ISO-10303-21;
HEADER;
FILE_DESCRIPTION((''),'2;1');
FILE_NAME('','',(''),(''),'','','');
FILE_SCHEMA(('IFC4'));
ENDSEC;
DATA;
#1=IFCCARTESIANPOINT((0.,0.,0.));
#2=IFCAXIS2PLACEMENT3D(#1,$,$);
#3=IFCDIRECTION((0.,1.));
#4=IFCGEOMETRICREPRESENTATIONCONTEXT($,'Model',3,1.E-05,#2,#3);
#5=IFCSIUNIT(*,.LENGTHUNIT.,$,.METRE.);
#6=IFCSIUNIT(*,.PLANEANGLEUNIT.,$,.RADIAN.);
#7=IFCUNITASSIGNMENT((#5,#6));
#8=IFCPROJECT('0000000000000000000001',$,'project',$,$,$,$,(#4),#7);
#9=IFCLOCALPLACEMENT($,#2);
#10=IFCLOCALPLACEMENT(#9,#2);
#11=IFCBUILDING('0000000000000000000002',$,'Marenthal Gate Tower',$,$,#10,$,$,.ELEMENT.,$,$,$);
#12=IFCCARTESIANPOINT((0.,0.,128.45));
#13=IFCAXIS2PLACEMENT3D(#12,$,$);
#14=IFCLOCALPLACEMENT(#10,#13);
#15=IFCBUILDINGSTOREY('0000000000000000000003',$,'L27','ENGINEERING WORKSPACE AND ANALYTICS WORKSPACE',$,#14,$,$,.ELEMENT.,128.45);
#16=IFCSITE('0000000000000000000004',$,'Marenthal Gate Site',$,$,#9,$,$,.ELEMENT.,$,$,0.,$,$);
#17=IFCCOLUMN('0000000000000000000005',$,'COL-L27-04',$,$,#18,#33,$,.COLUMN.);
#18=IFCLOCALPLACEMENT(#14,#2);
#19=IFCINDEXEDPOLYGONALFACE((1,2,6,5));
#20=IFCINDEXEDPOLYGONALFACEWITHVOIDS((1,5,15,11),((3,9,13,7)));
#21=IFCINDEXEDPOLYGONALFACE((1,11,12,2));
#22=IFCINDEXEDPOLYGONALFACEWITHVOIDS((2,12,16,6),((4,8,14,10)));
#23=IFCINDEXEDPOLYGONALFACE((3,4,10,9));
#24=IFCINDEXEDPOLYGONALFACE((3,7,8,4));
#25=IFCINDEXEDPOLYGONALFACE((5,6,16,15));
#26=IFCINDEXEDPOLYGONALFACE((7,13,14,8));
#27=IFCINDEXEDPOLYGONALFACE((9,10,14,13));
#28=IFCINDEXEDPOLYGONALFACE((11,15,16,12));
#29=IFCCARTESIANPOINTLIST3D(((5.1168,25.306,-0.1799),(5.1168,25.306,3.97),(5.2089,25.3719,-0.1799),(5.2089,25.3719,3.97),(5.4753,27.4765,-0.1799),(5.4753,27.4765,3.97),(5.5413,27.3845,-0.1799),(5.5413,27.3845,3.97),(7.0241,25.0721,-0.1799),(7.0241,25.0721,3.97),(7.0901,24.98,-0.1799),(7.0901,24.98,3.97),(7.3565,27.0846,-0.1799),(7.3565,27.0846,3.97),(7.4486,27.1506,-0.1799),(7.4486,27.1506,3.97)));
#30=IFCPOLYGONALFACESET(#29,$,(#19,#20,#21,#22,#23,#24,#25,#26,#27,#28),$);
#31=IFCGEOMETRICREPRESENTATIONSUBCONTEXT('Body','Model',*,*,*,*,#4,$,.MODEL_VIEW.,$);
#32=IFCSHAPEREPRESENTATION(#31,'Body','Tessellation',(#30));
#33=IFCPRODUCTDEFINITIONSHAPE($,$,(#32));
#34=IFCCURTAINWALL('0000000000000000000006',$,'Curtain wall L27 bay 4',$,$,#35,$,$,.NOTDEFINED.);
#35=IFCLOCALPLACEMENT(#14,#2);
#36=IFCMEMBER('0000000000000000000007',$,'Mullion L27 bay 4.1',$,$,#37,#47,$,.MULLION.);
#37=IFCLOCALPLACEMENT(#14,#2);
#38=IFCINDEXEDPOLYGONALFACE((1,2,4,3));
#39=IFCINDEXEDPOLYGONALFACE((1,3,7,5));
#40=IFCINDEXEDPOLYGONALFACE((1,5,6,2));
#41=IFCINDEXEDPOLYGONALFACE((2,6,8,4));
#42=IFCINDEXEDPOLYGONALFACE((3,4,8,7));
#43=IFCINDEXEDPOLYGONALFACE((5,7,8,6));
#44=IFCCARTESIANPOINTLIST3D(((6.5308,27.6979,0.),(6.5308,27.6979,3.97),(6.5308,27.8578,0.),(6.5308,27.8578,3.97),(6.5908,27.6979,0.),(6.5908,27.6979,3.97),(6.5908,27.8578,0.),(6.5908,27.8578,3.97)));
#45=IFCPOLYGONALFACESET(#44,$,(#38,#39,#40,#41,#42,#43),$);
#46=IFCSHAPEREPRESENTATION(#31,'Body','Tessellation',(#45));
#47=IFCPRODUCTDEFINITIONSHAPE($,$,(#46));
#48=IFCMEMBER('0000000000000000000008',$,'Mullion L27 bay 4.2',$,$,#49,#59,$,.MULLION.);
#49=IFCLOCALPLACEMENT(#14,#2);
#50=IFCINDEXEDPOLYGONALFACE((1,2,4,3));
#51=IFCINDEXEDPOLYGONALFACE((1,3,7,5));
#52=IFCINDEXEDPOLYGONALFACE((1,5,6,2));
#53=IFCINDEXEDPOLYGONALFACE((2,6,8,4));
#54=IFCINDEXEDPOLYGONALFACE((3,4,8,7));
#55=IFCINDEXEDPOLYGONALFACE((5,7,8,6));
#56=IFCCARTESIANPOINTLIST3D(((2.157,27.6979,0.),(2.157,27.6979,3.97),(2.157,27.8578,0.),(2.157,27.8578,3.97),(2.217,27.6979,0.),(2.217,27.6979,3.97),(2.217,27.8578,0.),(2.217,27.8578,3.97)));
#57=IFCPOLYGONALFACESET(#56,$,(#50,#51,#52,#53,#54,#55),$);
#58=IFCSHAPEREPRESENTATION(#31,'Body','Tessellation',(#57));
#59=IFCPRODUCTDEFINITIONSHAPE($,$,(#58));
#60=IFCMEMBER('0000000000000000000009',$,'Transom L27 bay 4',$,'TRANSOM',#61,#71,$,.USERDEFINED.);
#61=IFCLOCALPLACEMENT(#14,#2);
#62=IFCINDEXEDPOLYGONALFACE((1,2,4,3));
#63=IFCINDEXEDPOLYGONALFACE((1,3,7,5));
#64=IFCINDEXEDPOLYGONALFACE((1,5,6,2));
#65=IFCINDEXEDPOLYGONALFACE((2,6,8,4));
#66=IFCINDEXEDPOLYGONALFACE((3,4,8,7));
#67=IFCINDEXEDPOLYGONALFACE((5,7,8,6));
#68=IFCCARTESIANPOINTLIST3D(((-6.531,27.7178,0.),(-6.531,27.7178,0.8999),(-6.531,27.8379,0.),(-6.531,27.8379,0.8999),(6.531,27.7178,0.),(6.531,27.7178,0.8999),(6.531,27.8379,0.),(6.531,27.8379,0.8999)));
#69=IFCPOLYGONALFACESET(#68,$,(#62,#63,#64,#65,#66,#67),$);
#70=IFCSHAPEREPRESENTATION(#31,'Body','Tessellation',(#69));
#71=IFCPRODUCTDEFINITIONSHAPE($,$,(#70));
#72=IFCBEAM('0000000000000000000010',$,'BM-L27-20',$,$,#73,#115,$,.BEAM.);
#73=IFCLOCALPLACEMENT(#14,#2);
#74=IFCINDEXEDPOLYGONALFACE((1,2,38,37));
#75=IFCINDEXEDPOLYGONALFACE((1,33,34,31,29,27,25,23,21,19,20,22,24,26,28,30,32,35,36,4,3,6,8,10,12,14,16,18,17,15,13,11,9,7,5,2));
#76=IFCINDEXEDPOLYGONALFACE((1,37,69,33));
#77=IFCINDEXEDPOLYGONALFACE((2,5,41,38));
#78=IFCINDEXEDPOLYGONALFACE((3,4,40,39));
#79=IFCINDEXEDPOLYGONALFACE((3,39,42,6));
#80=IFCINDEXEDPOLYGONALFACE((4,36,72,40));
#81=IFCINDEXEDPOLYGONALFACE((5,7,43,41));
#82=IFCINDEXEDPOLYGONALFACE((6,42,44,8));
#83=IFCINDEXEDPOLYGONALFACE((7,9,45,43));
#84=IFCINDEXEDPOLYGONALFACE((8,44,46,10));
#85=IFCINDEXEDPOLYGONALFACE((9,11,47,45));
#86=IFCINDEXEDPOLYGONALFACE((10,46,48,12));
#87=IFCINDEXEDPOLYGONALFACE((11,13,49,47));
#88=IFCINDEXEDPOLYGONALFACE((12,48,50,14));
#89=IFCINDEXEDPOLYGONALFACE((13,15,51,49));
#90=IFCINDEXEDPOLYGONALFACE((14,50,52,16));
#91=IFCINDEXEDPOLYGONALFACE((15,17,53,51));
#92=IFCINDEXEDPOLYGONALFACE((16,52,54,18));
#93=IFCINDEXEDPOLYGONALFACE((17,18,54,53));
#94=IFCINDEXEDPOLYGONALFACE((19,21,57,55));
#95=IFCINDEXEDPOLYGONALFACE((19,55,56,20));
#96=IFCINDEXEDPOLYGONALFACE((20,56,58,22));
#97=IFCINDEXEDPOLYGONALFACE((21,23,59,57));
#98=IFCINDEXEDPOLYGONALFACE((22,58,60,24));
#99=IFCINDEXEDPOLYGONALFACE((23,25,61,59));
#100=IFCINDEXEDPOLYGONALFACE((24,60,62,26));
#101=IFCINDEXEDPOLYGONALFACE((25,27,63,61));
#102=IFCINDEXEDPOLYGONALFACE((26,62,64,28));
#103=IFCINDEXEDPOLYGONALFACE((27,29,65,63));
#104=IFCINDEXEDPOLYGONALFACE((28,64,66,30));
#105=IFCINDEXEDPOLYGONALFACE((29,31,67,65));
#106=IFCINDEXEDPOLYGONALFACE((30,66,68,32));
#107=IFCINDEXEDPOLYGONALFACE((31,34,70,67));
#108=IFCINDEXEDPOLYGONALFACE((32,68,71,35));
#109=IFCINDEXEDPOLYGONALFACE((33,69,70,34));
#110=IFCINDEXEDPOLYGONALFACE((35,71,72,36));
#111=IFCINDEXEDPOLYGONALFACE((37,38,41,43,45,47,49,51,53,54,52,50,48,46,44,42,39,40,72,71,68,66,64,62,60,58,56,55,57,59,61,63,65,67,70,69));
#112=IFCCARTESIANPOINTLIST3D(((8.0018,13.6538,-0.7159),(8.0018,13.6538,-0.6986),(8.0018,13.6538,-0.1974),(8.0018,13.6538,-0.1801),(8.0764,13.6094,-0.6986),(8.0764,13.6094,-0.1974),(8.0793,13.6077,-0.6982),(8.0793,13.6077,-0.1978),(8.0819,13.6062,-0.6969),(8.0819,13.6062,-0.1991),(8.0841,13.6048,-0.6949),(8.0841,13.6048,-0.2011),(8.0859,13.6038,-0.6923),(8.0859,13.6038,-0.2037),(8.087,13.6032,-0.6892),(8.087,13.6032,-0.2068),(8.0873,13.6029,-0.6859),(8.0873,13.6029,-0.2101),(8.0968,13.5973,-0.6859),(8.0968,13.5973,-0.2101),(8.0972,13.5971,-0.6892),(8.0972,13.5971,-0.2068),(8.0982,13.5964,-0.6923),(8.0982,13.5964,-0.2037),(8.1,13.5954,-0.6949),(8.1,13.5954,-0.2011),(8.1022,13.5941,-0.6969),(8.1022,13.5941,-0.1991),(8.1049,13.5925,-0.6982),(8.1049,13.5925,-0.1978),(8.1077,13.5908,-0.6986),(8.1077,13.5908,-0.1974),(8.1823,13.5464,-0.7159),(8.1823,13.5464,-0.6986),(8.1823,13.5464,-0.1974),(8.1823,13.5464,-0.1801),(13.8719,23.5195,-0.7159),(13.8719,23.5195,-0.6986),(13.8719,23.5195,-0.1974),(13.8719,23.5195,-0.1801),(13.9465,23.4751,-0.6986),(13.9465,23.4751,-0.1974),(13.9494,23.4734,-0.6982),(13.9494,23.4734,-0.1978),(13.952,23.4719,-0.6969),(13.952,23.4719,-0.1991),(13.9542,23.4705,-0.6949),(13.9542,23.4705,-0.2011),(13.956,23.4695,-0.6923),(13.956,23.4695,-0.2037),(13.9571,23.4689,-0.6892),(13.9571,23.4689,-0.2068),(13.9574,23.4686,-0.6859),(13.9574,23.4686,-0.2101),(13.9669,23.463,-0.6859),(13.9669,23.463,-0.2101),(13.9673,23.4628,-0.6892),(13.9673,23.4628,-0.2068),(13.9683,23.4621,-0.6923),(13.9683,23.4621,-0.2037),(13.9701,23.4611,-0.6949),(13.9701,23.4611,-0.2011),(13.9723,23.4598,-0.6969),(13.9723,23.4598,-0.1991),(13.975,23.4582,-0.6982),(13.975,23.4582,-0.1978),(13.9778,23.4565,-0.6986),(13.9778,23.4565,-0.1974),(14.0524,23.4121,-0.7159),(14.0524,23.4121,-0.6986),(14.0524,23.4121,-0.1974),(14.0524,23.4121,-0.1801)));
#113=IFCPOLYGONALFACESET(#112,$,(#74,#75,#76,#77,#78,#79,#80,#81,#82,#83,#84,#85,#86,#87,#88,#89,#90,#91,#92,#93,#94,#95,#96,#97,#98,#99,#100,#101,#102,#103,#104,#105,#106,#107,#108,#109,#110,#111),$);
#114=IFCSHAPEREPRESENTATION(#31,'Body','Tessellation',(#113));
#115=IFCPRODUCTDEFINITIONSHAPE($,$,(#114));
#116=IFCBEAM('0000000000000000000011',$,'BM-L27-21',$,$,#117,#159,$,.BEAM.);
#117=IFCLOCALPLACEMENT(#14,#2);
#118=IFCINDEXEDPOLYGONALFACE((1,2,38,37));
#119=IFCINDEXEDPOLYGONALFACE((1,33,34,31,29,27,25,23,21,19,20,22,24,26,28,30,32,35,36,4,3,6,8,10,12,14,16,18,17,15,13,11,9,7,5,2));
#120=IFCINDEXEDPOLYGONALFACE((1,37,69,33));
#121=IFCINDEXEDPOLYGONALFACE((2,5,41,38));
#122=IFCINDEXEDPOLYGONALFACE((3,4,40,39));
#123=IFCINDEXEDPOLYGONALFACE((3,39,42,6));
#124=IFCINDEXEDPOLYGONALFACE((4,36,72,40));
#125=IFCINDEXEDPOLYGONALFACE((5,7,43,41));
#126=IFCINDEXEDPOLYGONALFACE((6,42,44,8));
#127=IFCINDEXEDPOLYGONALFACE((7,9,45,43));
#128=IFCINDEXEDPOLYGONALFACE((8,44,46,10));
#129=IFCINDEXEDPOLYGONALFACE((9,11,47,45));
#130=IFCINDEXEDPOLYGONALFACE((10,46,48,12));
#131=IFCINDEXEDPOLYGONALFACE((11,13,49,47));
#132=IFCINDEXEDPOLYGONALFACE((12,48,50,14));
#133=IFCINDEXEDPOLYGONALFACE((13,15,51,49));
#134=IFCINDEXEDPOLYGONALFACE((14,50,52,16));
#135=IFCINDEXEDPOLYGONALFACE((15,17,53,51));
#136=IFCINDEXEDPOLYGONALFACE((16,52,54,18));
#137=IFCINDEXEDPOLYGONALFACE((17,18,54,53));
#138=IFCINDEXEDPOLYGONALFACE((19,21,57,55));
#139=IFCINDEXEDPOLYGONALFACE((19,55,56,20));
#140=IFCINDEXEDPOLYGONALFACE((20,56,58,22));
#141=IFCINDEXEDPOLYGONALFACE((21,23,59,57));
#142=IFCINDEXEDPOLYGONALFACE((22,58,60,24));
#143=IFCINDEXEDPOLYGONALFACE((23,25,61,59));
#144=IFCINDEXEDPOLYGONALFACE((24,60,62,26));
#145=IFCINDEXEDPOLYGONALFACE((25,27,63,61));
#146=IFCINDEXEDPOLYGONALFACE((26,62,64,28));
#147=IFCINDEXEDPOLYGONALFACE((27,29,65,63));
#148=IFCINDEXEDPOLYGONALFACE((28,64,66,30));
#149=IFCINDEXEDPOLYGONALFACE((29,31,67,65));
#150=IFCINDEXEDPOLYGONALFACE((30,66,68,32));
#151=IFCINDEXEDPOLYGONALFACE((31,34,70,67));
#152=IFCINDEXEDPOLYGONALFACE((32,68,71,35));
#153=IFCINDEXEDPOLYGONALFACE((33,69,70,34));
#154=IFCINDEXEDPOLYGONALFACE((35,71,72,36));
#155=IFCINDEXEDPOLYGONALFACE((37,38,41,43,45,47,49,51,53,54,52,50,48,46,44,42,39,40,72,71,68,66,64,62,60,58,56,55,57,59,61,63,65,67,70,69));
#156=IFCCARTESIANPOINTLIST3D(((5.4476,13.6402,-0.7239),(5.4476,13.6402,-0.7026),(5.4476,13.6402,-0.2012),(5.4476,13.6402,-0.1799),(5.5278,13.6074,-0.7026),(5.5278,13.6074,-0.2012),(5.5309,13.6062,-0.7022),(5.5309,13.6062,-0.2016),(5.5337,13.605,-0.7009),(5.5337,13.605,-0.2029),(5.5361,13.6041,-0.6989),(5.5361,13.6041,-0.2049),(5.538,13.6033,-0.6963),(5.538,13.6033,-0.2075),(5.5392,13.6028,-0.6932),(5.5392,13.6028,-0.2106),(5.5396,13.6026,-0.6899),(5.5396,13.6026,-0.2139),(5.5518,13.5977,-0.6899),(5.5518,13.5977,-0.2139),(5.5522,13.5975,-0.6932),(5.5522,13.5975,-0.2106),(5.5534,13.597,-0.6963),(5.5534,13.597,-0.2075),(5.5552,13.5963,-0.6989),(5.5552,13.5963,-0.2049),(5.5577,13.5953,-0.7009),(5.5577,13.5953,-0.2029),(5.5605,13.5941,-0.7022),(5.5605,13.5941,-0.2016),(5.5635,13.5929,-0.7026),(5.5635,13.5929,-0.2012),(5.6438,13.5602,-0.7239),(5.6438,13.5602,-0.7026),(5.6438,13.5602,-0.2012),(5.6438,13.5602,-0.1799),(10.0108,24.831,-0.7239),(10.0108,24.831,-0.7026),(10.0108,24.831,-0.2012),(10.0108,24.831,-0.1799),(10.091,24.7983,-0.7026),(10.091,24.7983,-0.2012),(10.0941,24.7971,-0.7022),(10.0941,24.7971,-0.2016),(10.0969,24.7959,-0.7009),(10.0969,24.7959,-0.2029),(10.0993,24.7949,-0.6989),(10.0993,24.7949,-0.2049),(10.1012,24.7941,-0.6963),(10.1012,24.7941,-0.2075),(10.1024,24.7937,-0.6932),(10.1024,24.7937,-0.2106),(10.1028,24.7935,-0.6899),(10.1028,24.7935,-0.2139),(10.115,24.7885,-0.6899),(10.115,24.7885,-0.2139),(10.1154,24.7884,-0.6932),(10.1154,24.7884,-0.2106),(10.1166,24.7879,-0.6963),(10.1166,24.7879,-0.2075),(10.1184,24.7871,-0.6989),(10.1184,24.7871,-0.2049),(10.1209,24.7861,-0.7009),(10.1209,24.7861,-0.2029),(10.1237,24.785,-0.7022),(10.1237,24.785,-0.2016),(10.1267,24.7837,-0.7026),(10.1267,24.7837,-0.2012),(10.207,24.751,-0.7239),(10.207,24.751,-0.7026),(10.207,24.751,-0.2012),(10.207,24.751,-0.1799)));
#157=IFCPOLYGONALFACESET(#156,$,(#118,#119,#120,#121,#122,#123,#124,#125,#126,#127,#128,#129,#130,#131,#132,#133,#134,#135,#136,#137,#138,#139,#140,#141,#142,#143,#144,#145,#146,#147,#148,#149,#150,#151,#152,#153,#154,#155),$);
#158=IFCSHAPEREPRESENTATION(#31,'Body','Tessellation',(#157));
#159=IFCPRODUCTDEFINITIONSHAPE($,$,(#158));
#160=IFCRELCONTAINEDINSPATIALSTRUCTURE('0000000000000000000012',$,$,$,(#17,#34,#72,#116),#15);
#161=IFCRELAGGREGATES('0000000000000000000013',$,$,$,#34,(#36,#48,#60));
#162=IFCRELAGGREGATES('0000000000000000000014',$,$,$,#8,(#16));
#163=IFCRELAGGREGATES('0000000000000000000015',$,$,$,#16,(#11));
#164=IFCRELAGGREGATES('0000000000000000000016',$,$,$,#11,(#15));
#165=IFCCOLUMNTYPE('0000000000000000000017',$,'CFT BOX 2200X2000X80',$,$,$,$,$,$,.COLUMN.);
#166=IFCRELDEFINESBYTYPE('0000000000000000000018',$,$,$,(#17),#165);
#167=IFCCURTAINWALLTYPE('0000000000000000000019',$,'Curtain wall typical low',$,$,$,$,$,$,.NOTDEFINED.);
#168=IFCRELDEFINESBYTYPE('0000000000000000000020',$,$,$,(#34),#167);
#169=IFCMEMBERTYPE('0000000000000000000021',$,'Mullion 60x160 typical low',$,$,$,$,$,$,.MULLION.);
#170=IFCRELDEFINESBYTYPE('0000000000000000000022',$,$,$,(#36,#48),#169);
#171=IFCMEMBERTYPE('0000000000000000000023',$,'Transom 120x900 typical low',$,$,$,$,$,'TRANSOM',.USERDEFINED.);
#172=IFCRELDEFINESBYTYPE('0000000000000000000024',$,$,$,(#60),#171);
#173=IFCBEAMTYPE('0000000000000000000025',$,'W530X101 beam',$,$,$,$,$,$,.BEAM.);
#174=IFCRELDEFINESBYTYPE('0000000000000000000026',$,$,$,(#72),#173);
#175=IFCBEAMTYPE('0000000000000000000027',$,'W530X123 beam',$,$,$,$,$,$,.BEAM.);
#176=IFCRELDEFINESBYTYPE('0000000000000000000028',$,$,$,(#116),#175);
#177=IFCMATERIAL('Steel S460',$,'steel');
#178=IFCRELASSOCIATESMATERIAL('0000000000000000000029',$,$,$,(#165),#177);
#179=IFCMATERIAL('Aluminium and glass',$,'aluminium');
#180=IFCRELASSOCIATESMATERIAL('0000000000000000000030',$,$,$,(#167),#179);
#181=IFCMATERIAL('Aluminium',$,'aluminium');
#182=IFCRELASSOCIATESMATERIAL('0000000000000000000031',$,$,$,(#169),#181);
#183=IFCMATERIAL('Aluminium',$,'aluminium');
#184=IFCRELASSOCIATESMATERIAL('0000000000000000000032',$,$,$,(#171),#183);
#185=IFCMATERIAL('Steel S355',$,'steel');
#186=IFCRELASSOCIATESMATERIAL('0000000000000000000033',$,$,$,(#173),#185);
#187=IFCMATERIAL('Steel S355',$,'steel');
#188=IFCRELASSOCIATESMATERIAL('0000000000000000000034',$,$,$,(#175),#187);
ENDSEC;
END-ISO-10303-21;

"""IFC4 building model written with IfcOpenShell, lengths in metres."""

from ifc_helpers import new_model, si_unit, direction, frame, origin, origin_2d, place, context, subcontext, project, spatial, rectangle, hollow_rectangle, i_section, extrude, material, material_profile, profile_set, type_object, element, aggregate, save


model = new_model("IFC4")

# Units and contexts
model_context = context("Model", 3, precision=1e-05, world=origin(), true_north=direction((0.0, 1.0)))
body_context = subcontext(model_context, "Body", "Model", "MODEL_VIEW")
ifc_project = project(units=[si_unit("LENGTHUNIT", "METRE"), si_unit("PLANEANGLEUNIT", "RADIAN")], contexts=[model_context])

# Site, building, storey
site_placement = place(None, origin())
site = spatial("IfcSite", under=ifc_project, at=site_placement, Name="Marenthal Gate Site", CompositionType="ELEMENT", RefElevation=0.0)
building_placement = place(site_placement, origin())
building = spatial("IfcBuilding", under=site, at=building_placement, Name="Marenthal Gate Tower", CompositionType="ELEMENT")
storey_placement = place(building_placement, frame((0.0, 0.0, 128.45)))
storey = spatial("IfcBuildingStorey", under=building, at=storey_placement, Name="L27", Description="ENGINEERING WORKSPACE AND ANALYTICS WORKSPACE", CompositionType="ELEMENT", Elevation=128.45)

# Column
ifc_material_1 = material(Name="Steel S460", Category="steel")
ifc_material_profile_1 = material_profile(ifc_material_1, hollow_rectangle(XDim=2.0, YDim=2.2, WallThickness=0.0801, at=origin_2d()), Name="CFT BOX 2200X2000X80")
ifc_material_2 = material(Name="Concrete 70 MPa", Category="concrete")
ifc_material_profile_2 = material_profile(ifc_material_2, rectangle(XDim=1.8401, YDim=2.04, at=origin_2d()), Name="CFT BOX 2200X2000X80 INFILL")
ifc_profile_set_1 = profile_set([ifc_material_profile_1, ifc_material_profile_2], Name="Steel S460 shell, Concrete 70 MPa infill")
column_type = type_object("IfcColumnType", Name="CFT BOX 2200X2000X80", PredefinedType="COLUMN", material=ifc_profile_set_1)
column_placement = place(storey_placement, frame((6.2827, 26.2283, -0.1799), z_axis=(0.0, 0.0, 1.0), x_axis=(0.986631, -0.162968, 0.0)))
element("IfcColumn", 1, at=column_placement, inside=storey, type_object=column_type, Name="COL-L27-04", PredefinedType="COLUMN", context=body_context, shape_type="SweptSolid", body=[
    extrude(hollow_rectangle(XDim=2.0, YDim=2.2, WallThickness=0.0801, at=origin_2d()), origin(), (0.0, 0.0, 1.0), 4.1499),
])

# Curtain wall, members
ifc_material_3 = material(Name="Aluminium and glass", Category="aluminium")
curtain_wall_type = type_object("IfcCurtainWallType", Name="Curtain wall typical low", PredefinedType="NOTDEFINED", material=ifc_material_3)
curtain_wall_placement = place(storey_placement, origin())
curtain_wall = element("IfcCurtainWall", 2, at=curtain_wall_placement, inside=storey, type_object=curtain_wall_type, Name="Curtain wall L27 bay 4", PredefinedType="NOTDEFINED")
ifc_material_4 = material(Name="Aluminium", Category="aluminium")
ifc_material_profile_3 = material_profile(ifc_material_4, rectangle(XDim=0.1599, YDim=0.0601, at=origin_2d()), Name="60x160 aluminium mullion")
ifc_profile_set_2 = profile_set([ifc_material_profile_3], Name="Aluminium")
member_type_1 = type_object("IfcMemberType", Name="Mullion 60x160 typical low", PredefinedType="MULLION", material=ifc_profile_set_2)
member_1_placement = place(storey_placement, frame((6.5608, 27.7778, 0.0), z_axis=(0.0, 0.0, 1.0), x_axis=(0.0, -1.0, 0.0)))
member_1 = element("IfcMember", 3, at=member_1_placement, type_object=member_type_1, Name="Mullion L27 bay 4.1", PredefinedType="MULLION", context=body_context, shape_type="SweptSolid", body=[
    extrude(rectangle(XDim=0.1599, YDim=0.0601, at=origin_2d()), origin(), (0.0, 0.0, 1.0), 3.97),
])
member_2_placement = place(storey_placement, frame((2.187, 27.7778, 0.0), z_axis=(0.0, 0.0, 1.0), x_axis=(0.0, -1.0, 0.0)))
member_2 = element("IfcMember", 4, at=member_2_placement, type_object=member_type_1, Name="Mullion L27 bay 4.2", PredefinedType="MULLION", context=body_context, shape_type="SweptSolid", body=[
    extrude(rectangle(XDim=0.1599, YDim=0.0601, at=origin_2d()), origin(), (0.0, 0.0, 1.0), 3.97),
])
ifc_material_5 = material(Name="Aluminium", Category="aluminium")
ifc_material_profile_4 = material_profile(ifc_material_5, rectangle(XDim=0.1201, YDim=0.8999, at=origin_2d()), Name="120x900 aluminium transom")
ifc_profile_set_3 = profile_set([ifc_material_profile_4], Name="Aluminium")
member_type_2 = type_object("IfcMemberType", Name="Transom 120x900 typical low", ElementType="TRANSOM", PredefinedType="USERDEFINED", material=ifc_profile_set_3)
member_3_placement = place(storey_placement, frame((6.531, 27.7778, 0.45), z_axis=(-1.0, 0.0, 0.0), x_axis=(0.0, -1.0, 0.0)))
member_3 = element("IfcMember", 5, at=member_3_placement, type_object=member_type_2, Name="Transom L27 bay 4", ObjectType="TRANSOM", PredefinedType="USERDEFINED", context=body_context, shape_type="SweptSolid", body=[
    extrude(rectangle(XDim=0.1201, YDim=0.8999, at=origin_2d()), origin(), (0.0, 0.0, 1.0), 13.062),
])

# Beams
ifc_material_6 = material(Name="Steel S355", Category="steel")
ifc_material_profile_5 = material_profile(ifc_material_6, i_section(OverallWidth=0.21, OverallDepth=0.5359, WebThickness=0.011, FlangeThickness=0.0173, FilletRadius=0.0127, at=origin_2d()), Name="W530X101")
ifc_profile_set_4 = profile_set([ifc_material_profile_5], Name="Steel S355")
beam_type_1 = type_object("IfcBeamType", Name="W530X101 beam", PredefinedType="BEAM", material=ifc_profile_set_4)
beam_1_placement = place(storey_placement, frame((13.9622, 23.4658, -0.448), z_axis=(-0.511334, -0.859382, 0.0), x_axis=(0.859382, -0.511334, 0.0)))
element("IfcBeam", 6, at=beam_1_placement, inside=storey, type_object=beam_type_1, Name="BM-L27-20", PredefinedType="BEAM", context=body_context, shape_type="SweptSolid", body=[
    extrude(i_section(OverallWidth=0.21, OverallDepth=0.5359, WebThickness=0.011, FlangeThickness=0.0173, FilletRadius=0.0127, at=origin_2d()), origin(), (0.0, 0.0, 1.0), 11.48),
])
ifc_material_7 = material(Name="Steel S355", Category="steel")
ifc_material_profile_6 = material_profile(ifc_material_7, i_section(OverallWidth=0.2119, OverallDepth=0.5439, WebThickness=0.0132, FlangeThickness=0.0212, FilletRadius=0.0127, at=origin_2d()), Name="W530X123")
ifc_profile_set_5 = profile_set([ifc_material_profile_6], Name="Steel S355")
beam_type_2 = type_object("IfcBeamType", Name="W530X123 beam", PredefinedType="BEAM", material=ifc_profile_set_5)
beam_2_placement = place(storey_placement, frame((10.1089, 24.791, -0.4519), z_axis=(-0.377579, -0.925978, 0.0), x_axis=(0.925978, -0.377579, 0.0)))
element("IfcBeam", 7, at=beam_2_placement, inside=storey, type_object=beam_type_2, Name="BM-L27-21", PredefinedType="BEAM", context=body_context, shape_type="SweptSolid", body=[
    extrude(i_section(OverallWidth=0.2119, OverallDepth=0.5439, WebThickness=0.0132, FlangeThickness=0.0212, FilletRadius=0.0127, at=origin_2d()), origin(), (0.0, 0.0, 1.0), 12.0854),
])

aggregate(curtain_wall, [member_1, member_2, member_3])

save(model, "model.ifc")
